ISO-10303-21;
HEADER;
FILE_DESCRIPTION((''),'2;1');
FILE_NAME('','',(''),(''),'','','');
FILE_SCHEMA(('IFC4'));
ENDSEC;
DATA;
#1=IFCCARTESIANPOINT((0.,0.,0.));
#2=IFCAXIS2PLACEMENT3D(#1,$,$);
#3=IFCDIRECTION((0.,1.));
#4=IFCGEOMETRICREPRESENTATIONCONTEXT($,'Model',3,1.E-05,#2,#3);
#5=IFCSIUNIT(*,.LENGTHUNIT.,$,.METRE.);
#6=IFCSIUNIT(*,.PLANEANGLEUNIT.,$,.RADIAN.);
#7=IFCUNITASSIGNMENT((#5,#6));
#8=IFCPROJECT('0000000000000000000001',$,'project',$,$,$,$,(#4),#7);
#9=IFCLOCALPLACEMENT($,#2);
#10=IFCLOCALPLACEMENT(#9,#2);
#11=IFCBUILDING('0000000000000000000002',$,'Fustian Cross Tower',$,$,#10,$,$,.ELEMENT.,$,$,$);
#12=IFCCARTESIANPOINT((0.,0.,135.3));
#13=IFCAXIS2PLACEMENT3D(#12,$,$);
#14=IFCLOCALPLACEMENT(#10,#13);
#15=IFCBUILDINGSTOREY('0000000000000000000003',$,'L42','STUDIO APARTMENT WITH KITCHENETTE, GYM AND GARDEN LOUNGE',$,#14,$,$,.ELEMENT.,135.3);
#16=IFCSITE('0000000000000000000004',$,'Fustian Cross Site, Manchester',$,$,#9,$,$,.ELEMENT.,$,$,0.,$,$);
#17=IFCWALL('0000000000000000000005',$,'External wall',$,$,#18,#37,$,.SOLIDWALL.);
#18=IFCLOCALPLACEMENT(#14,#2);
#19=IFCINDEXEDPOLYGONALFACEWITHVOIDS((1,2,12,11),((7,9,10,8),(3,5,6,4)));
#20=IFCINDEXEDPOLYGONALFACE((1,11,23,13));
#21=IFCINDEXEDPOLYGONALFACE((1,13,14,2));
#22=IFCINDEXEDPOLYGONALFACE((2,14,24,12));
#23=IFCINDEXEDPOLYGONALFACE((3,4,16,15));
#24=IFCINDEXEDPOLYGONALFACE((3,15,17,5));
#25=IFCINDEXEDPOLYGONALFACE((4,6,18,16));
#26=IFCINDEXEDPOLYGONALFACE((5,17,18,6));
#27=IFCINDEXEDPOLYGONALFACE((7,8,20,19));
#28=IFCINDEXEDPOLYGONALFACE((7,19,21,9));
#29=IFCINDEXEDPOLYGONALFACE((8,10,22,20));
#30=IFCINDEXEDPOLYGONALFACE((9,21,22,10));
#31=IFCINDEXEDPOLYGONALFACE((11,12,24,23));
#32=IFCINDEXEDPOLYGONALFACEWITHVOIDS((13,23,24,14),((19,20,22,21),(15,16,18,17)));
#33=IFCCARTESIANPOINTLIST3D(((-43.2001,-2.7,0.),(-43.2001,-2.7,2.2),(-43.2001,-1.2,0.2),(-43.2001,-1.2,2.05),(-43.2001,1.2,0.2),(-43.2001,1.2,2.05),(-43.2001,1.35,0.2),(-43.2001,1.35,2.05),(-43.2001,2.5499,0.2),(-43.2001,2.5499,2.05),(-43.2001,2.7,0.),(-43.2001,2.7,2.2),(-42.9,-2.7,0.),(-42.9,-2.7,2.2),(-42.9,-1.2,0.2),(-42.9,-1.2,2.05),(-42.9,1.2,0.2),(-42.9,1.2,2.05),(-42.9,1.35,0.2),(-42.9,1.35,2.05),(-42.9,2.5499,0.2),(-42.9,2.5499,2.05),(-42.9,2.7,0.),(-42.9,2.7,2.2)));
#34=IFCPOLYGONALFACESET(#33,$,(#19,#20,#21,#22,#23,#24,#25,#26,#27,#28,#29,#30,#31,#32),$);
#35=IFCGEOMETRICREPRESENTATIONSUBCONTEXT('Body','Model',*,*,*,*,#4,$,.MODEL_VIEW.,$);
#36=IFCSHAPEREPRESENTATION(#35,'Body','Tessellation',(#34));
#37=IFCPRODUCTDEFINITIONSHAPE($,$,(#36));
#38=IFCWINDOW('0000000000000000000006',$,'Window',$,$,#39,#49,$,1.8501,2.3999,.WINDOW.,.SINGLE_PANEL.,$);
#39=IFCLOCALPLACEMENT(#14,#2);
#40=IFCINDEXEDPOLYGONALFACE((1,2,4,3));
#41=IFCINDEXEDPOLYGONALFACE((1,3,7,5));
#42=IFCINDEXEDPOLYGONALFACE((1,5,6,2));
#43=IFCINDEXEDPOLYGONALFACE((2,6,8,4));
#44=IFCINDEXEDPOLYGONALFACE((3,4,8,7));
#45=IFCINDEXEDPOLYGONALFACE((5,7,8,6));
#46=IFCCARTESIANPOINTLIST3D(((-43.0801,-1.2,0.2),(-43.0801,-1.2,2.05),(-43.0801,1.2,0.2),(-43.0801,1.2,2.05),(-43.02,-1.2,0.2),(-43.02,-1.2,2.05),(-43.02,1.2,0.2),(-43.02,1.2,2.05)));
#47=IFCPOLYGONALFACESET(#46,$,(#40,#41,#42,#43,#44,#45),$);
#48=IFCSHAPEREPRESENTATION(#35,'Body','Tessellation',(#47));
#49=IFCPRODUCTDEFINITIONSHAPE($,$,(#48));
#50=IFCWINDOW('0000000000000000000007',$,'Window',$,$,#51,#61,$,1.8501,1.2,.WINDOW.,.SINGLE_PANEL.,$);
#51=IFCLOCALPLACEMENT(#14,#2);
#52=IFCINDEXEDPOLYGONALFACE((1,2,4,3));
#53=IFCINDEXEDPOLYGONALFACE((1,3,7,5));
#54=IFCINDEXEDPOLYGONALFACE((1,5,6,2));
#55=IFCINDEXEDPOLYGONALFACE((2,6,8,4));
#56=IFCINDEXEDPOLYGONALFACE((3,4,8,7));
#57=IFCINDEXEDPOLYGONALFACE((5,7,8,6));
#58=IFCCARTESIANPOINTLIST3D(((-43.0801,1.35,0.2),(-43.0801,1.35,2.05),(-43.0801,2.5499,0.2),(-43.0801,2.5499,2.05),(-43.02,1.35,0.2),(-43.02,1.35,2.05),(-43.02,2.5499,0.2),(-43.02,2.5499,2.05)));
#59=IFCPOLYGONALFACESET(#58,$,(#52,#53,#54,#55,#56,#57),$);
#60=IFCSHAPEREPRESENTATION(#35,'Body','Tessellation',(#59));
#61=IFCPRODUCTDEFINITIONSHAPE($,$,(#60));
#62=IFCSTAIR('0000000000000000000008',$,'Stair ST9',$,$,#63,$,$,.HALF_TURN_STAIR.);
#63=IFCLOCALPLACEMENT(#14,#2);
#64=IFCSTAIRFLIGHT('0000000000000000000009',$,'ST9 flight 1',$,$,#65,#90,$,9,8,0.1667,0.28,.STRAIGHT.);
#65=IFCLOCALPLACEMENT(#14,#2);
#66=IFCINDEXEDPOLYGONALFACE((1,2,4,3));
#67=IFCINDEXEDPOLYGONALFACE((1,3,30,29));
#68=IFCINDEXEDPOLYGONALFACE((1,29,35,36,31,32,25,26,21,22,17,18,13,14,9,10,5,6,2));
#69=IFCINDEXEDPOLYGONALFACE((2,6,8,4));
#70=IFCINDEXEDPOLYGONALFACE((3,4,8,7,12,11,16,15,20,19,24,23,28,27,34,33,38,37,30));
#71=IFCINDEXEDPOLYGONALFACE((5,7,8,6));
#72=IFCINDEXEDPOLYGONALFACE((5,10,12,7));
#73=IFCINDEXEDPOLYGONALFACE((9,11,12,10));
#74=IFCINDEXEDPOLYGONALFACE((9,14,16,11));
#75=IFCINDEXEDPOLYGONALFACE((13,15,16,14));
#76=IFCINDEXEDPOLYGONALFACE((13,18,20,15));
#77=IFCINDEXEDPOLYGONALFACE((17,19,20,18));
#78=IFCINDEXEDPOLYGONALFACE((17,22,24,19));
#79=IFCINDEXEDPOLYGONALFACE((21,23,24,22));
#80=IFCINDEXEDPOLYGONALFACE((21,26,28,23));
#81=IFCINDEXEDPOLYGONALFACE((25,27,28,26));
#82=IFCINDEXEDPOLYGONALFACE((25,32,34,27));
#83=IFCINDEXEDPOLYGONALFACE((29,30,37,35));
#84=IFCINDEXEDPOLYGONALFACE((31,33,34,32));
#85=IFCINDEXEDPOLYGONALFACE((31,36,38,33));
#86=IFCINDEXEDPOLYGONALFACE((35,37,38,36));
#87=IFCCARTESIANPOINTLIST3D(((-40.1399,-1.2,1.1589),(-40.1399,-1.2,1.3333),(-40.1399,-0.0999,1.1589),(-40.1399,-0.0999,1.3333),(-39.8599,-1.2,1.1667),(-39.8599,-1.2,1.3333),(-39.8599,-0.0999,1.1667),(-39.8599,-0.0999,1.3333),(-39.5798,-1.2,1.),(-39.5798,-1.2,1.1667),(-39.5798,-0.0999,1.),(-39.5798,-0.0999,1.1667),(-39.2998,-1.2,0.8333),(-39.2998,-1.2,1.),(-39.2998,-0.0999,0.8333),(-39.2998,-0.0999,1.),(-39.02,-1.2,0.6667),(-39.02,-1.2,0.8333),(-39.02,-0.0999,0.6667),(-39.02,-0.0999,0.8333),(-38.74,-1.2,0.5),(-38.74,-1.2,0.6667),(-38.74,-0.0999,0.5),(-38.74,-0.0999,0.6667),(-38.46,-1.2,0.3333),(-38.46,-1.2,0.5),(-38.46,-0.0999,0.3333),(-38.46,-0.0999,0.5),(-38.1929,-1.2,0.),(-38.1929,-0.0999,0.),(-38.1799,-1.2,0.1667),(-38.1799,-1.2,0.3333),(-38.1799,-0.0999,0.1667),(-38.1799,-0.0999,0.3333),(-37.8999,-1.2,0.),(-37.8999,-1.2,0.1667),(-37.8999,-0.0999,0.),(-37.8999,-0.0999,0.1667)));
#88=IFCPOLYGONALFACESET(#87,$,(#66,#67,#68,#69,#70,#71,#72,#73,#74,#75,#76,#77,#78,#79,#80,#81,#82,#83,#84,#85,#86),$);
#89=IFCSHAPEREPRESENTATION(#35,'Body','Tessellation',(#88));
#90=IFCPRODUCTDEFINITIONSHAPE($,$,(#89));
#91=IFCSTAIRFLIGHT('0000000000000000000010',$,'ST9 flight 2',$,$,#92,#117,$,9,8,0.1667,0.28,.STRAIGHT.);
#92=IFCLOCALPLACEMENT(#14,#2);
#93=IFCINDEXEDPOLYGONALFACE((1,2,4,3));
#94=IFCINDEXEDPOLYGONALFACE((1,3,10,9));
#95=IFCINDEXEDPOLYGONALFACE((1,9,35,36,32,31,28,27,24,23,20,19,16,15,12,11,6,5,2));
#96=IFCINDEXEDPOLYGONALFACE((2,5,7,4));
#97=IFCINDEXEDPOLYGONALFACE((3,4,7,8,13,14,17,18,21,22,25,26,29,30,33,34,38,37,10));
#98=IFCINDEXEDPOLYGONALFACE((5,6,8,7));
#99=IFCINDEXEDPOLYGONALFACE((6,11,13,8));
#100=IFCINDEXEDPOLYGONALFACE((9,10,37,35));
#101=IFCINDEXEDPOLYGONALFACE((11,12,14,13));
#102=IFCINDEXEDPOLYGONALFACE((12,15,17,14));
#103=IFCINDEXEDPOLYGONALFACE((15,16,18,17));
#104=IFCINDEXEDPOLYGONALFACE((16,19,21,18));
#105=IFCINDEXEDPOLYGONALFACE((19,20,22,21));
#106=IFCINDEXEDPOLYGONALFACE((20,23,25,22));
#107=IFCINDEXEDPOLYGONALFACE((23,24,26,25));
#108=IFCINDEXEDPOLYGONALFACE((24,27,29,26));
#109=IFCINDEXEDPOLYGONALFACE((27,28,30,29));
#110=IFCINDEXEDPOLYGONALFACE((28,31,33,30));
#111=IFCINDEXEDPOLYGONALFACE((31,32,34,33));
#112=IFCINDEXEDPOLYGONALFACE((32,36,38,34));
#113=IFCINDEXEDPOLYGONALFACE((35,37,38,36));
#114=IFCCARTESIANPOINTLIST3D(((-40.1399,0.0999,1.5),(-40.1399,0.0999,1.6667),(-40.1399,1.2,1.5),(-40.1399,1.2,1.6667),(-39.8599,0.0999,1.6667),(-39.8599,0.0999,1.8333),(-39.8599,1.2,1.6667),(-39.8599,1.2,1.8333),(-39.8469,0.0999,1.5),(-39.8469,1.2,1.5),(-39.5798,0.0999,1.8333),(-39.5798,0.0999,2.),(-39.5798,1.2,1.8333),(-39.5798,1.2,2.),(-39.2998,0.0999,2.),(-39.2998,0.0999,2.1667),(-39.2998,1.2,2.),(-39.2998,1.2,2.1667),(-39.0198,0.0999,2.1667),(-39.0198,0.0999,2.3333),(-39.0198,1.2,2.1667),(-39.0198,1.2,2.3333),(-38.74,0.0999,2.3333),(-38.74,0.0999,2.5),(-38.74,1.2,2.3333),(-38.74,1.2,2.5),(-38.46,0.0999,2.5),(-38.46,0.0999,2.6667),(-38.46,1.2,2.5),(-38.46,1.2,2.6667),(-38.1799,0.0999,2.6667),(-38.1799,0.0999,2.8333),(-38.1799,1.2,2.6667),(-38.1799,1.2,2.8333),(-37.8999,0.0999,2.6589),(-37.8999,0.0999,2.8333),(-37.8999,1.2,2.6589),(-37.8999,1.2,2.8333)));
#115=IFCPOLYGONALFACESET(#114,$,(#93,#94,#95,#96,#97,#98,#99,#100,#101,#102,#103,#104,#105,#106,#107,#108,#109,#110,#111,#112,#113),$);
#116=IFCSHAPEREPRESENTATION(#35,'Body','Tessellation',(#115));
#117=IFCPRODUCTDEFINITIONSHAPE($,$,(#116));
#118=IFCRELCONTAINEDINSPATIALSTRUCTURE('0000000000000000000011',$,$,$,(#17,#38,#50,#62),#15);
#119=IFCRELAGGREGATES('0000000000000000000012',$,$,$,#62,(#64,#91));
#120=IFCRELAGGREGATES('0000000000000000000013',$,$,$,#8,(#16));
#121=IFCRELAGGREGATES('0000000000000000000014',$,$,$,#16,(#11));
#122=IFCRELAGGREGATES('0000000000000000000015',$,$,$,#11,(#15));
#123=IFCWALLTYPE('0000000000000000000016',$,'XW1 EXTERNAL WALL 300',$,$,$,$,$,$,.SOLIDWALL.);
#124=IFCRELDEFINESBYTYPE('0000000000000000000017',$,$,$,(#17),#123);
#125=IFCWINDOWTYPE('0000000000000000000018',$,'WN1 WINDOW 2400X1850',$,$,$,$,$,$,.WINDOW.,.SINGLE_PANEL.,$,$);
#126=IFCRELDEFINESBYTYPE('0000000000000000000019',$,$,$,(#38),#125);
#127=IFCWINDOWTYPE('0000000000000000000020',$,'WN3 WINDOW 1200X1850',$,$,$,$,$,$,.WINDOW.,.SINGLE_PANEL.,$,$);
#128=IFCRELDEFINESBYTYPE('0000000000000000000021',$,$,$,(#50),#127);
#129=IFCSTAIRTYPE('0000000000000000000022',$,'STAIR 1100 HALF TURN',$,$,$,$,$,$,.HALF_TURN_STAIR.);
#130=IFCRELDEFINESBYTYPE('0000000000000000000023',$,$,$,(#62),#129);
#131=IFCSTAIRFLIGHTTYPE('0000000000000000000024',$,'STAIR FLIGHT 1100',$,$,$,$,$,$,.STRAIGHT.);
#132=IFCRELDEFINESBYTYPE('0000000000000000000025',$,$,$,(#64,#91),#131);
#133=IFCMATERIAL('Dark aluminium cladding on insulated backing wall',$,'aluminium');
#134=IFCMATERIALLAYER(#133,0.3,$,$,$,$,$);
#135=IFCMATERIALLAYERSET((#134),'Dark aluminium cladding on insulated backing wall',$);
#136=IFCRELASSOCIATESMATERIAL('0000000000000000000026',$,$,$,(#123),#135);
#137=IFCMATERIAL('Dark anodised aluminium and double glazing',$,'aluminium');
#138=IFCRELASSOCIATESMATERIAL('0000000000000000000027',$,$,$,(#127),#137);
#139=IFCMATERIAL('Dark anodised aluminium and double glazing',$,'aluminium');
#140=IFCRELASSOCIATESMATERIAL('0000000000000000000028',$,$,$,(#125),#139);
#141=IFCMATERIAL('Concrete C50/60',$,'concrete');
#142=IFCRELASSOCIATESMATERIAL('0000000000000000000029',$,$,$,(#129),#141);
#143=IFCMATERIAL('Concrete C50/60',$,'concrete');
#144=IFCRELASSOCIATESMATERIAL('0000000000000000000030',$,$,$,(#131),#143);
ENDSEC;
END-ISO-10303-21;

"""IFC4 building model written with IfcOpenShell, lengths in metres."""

from ifc_helpers import new_model, si_unit, direction, frame, frame_2d, origin, place, context, subcontext, project, spatial, polyline, rectangle, outline, extrude, material, layer, layer_set, type_object, element, fill, aggregate, save


model = new_model("IFC4")

# Units and contexts
model_context = context("Model", 3, precision=1e-05, world=origin(), true_north=direction((0.0, 1.0)))
body_context = subcontext(model_context, "Body", "Model", "MODEL_VIEW")
ifc_project = project(units=[si_unit("LENGTHUNIT", "METRE"), si_unit("PLANEANGLEUNIT", "RADIAN")], contexts=[model_context])

# Site, building, storey
site_placement = place(None, origin())
site = spatial("IfcSite", under=ifc_project, at=site_placement, Name="Fustian Cross Site, Manchester", CompositionType="ELEMENT", RefElevation=0.0)
building_placement = place(site_placement, origin())
building = spatial("IfcBuilding", under=site, at=building_placement, Name="Fustian Cross Tower", CompositionType="ELEMENT")
storey_placement = place(building_placement, frame((0.0, 0.0, 135.3)))
storey = spatial("IfcBuildingStorey", under=building, at=storey_placement, Name="L42", Description="STUDIO APARTMENT WITH KITCHENETTE, GYM AND GARDEN LOUNGE", CompositionType="ELEMENT", Elevation=135.3)

# Shared definitions
ifc_material_1 = material(Name="Dark aluminium cladding on insulated backing wall", Category="aluminium")
ifc_layer_1 = layer(ifc_material_1, 0.3)
ifc_layer_set_1 = layer_set([ifc_layer_1], Name="Dark aluminium cladding on insulated backing wall")
wall_type_1 = type_object("IfcWallType", Name="XW1 EXTERNAL WALL 300", PredefinedType="SOLIDWALL", material=ifc_layer_set_1)
ifc_material_2 = material(Name="Dark anodised aluminium and double glazing", Category="aluminium")
window_type_1 = type_object("IfcWindowType", Name="WN3 WINDOW 1200X1850", PartitioningType="SINGLE_PANEL", PredefinedType="WINDOW", material=ifc_material_2)

# Wall, openings, windows
wall_1_placement = place(storey_placement, frame((-43.05, 2.7, 0.0), z_axis=(0.0, 0.0, 1.0), x_axis=(0.0, -1.0, 0.0)))
wall_1 = element("IfcWall", 1, at=wall_1_placement, inside=storey, type_object=wall_type_1, Name="External wall", PredefinedType="SOLIDWALL", context=body_context, shape_type="SweptSolid", body=[
    extrude(rectangle(XDim=5.3999, YDim=0.3, at=frame_2d((2.7, 0.0))), origin(), (0.0, 0.0, 1.0), 2.2),
])
opening_1_placement = place(wall_1_placement, frame((1.5, 0.0, 0.2)))
opening_1 = element("IfcOpeningElement", 2, at=opening_1_placement, cuts=wall_1, PredefinedType="OPENING", context=body_context, shape_type="SweptSolid", body=[
    extrude(rectangle(XDim=2.3999, YDim=1.8501, at=frame_2d((1.2, 0.925))), frame((0.0, 0.1599, 0.0), z_axis=(0.0, -1.0, 0.0), x_axis=(1.0, 0.0, 0.0)), (0.0, 0.0, 1.0), 0.3201),
])
opening_2_placement = place(wall_1_placement, frame((0.1499, 0.0, 0.2)))
opening_2 = element("IfcOpeningElement", 3, at=opening_2_placement, cuts=wall_1, PredefinedType="OPENING", context=body_context, shape_type="SweptSolid", body=[
    extrude(rectangle(XDim=1.2, YDim=1.8501, at=frame_2d((0.6001, 0.925))), frame((0.0, 0.1599, 0.0), z_axis=(0.0, -1.0, 0.0), x_axis=(1.0, 0.0, 0.0)), (0.0, 0.0, 1.0), 0.3201),
])
ifc_material_3 = material(Name="Dark anodised aluminium and double glazing", Category="aluminium")
window_type_2 = type_object("IfcWindowType", Name="WN1 WINDOW 2400X1850", PartitioningType="SINGLE_PANEL", PredefinedType="WINDOW", material=ifc_material_3)
window_1_placement = place(opening_1_placement, origin())
window_1 = element("IfcWindow", 4, at=window_1_placement, inside=storey, type_object=window_type_2, Name="Window", OverallHeight=1.8501, OverallWidth=2.3999, PartitioningType="SINGLE_PANEL", PredefinedType="WINDOW", context=body_context, shape_type="SweptSolid", body=[
    extrude(rectangle(XDim=2.3999, YDim=1.8501, at=frame_2d((1.2, 0.925))), frame((0.0, 0.03, 0.0), z_axis=(0.0, -1.0, 0.0), x_axis=(1.0, 0.0, 0.0)), (0.0, 0.0, 1.0), 0.0601),
])
fill(opening_1, window_1)
window_2_placement = place(opening_2_placement, origin())
window_2 = element("IfcWindow", 5, at=window_2_placement, inside=storey, type_object=window_type_1, Name="Window", OverallHeight=1.8501, OverallWidth=1.2, PartitioningType="SINGLE_PANEL", PredefinedType="WINDOW", context=body_context, shape_type="SweptSolid", body=[
    extrude(rectangle(XDim=1.2, YDim=1.8501, at=frame_2d((0.6001, 0.925))), frame((0.0, 0.03, 0.0), z_axis=(0.0, -1.0, 0.0), x_axis=(1.0, 0.0, 0.0)), (0.0, 0.0, 1.0), 0.0601),
])
fill(opening_2, window_2)

# Stair, stair flights
ifc_material_4 = material(Name="Concrete C50/60", Category="concrete")
stair_type = type_object("IfcStairType", Name="STAIR 1100 HALF TURN", PredefinedType="HALF_TURN_STAIR", material=ifc_material_4)
stair_placement = place(storey_placement, origin())
stair = element("IfcStair", 6, at=stair_placement, inside=storey, type_object=stair_type, Name="Stair ST9", PredefinedType="HALF_TURN_STAIR")
ifc_material_5 = material(Name="Concrete C50/60", Category="concrete")
stair_flight_type = type_object("IfcStairFlightType", Name="STAIR FLIGHT 1100", PredefinedType="STRAIGHT", material=ifc_material_5)
stair_flight_1_placement = place(storey_placement, frame((-37.8999, -0.6499, 0.0), z_axis=(0.0, 0.0, 1.0), x_axis=(-1.0, 0.0, 0.0)))
stair_flight_1 = element("IfcStairFlight", 7, at=stair_flight_1_placement, type_object=stair_flight_type, Name="ST9 flight 1", NumberOfRisers=9, NumberOfTreads=8, PredefinedType="STRAIGHT", RiserHeight=0.1667, TreadLength=0.28, context=body_context, shape_type="SweptSolid", body=[
    extrude(outline(polyline([(0.0, 0.0), (0.0, 0.1667), (0.28, 0.1667), (0.28, 0.3333), (0.5601, 0.3333), (0.5601, 0.5), (0.8401, 0.5), (0.8401, 0.6667), (1.1201, 0.6667), (1.1201, 0.8333), (1.3999, 0.8333), (1.3999, 1.0), (1.6799, 1.0), (1.6799, 1.1667), (1.96, 1.1667), (1.96, 1.3333), (2.24, 1.3333), (2.24, 1.5), (2.24, 1.1589), (0.293, 0.0), (0.0, 0.0)])), frame((0.0, 0.55, 0.0), z_axis=(0.0, -1.0, 0.0), x_axis=(1.0, 0.0, 0.0)), (0.0, 0.0, 1.0), 1.1001),
])
stair_flight_2_placement = place(storey_placement, frame((-40.1399, 0.6499, 1.5), z_axis=(0.0, 0.0, 1.0), x_axis=(1.0, 0.0, 0.0)))
stair_flight_2 = element("IfcStairFlight", 8, at=stair_flight_2_placement, type_object=stair_flight_type, Name="ST9 flight 2", NumberOfRisers=9, NumberOfTreads=8, PredefinedType="STRAIGHT", RiserHeight=0.1667, TreadLength=0.28, context=body_context, shape_type="SweptSolid", body=[
    extrude(outline(polyline([(0.0, 0.0), (0.0, 0.1667), (0.28, 0.1667), (0.28, 0.3333), (0.5601, 0.3333), (0.5601, 0.5), (0.8401, 0.5), (0.8401, 0.6667), (1.1201, 0.6667), (1.1201, 0.8333), (1.3999, 0.8333), (1.3999, 1.0), (1.6799, 1.0), (1.6799, 1.1667), (1.96, 1.1667), (1.96, 1.3333), (2.24, 1.3333), (2.24, 1.5), (2.24, 1.1589), (0.293, 0.0), (0.0, 0.0)])), frame((0.0, 0.55, 0.0), z_axis=(0.0, -1.0, 0.0), x_axis=(1.0, 0.0, 0.0)), (0.0, 0.0, 1.0), 1.1001),
])
aggregate(stair, [stair_flight_1, stair_flight_2])

save(model, "model.ifc")
